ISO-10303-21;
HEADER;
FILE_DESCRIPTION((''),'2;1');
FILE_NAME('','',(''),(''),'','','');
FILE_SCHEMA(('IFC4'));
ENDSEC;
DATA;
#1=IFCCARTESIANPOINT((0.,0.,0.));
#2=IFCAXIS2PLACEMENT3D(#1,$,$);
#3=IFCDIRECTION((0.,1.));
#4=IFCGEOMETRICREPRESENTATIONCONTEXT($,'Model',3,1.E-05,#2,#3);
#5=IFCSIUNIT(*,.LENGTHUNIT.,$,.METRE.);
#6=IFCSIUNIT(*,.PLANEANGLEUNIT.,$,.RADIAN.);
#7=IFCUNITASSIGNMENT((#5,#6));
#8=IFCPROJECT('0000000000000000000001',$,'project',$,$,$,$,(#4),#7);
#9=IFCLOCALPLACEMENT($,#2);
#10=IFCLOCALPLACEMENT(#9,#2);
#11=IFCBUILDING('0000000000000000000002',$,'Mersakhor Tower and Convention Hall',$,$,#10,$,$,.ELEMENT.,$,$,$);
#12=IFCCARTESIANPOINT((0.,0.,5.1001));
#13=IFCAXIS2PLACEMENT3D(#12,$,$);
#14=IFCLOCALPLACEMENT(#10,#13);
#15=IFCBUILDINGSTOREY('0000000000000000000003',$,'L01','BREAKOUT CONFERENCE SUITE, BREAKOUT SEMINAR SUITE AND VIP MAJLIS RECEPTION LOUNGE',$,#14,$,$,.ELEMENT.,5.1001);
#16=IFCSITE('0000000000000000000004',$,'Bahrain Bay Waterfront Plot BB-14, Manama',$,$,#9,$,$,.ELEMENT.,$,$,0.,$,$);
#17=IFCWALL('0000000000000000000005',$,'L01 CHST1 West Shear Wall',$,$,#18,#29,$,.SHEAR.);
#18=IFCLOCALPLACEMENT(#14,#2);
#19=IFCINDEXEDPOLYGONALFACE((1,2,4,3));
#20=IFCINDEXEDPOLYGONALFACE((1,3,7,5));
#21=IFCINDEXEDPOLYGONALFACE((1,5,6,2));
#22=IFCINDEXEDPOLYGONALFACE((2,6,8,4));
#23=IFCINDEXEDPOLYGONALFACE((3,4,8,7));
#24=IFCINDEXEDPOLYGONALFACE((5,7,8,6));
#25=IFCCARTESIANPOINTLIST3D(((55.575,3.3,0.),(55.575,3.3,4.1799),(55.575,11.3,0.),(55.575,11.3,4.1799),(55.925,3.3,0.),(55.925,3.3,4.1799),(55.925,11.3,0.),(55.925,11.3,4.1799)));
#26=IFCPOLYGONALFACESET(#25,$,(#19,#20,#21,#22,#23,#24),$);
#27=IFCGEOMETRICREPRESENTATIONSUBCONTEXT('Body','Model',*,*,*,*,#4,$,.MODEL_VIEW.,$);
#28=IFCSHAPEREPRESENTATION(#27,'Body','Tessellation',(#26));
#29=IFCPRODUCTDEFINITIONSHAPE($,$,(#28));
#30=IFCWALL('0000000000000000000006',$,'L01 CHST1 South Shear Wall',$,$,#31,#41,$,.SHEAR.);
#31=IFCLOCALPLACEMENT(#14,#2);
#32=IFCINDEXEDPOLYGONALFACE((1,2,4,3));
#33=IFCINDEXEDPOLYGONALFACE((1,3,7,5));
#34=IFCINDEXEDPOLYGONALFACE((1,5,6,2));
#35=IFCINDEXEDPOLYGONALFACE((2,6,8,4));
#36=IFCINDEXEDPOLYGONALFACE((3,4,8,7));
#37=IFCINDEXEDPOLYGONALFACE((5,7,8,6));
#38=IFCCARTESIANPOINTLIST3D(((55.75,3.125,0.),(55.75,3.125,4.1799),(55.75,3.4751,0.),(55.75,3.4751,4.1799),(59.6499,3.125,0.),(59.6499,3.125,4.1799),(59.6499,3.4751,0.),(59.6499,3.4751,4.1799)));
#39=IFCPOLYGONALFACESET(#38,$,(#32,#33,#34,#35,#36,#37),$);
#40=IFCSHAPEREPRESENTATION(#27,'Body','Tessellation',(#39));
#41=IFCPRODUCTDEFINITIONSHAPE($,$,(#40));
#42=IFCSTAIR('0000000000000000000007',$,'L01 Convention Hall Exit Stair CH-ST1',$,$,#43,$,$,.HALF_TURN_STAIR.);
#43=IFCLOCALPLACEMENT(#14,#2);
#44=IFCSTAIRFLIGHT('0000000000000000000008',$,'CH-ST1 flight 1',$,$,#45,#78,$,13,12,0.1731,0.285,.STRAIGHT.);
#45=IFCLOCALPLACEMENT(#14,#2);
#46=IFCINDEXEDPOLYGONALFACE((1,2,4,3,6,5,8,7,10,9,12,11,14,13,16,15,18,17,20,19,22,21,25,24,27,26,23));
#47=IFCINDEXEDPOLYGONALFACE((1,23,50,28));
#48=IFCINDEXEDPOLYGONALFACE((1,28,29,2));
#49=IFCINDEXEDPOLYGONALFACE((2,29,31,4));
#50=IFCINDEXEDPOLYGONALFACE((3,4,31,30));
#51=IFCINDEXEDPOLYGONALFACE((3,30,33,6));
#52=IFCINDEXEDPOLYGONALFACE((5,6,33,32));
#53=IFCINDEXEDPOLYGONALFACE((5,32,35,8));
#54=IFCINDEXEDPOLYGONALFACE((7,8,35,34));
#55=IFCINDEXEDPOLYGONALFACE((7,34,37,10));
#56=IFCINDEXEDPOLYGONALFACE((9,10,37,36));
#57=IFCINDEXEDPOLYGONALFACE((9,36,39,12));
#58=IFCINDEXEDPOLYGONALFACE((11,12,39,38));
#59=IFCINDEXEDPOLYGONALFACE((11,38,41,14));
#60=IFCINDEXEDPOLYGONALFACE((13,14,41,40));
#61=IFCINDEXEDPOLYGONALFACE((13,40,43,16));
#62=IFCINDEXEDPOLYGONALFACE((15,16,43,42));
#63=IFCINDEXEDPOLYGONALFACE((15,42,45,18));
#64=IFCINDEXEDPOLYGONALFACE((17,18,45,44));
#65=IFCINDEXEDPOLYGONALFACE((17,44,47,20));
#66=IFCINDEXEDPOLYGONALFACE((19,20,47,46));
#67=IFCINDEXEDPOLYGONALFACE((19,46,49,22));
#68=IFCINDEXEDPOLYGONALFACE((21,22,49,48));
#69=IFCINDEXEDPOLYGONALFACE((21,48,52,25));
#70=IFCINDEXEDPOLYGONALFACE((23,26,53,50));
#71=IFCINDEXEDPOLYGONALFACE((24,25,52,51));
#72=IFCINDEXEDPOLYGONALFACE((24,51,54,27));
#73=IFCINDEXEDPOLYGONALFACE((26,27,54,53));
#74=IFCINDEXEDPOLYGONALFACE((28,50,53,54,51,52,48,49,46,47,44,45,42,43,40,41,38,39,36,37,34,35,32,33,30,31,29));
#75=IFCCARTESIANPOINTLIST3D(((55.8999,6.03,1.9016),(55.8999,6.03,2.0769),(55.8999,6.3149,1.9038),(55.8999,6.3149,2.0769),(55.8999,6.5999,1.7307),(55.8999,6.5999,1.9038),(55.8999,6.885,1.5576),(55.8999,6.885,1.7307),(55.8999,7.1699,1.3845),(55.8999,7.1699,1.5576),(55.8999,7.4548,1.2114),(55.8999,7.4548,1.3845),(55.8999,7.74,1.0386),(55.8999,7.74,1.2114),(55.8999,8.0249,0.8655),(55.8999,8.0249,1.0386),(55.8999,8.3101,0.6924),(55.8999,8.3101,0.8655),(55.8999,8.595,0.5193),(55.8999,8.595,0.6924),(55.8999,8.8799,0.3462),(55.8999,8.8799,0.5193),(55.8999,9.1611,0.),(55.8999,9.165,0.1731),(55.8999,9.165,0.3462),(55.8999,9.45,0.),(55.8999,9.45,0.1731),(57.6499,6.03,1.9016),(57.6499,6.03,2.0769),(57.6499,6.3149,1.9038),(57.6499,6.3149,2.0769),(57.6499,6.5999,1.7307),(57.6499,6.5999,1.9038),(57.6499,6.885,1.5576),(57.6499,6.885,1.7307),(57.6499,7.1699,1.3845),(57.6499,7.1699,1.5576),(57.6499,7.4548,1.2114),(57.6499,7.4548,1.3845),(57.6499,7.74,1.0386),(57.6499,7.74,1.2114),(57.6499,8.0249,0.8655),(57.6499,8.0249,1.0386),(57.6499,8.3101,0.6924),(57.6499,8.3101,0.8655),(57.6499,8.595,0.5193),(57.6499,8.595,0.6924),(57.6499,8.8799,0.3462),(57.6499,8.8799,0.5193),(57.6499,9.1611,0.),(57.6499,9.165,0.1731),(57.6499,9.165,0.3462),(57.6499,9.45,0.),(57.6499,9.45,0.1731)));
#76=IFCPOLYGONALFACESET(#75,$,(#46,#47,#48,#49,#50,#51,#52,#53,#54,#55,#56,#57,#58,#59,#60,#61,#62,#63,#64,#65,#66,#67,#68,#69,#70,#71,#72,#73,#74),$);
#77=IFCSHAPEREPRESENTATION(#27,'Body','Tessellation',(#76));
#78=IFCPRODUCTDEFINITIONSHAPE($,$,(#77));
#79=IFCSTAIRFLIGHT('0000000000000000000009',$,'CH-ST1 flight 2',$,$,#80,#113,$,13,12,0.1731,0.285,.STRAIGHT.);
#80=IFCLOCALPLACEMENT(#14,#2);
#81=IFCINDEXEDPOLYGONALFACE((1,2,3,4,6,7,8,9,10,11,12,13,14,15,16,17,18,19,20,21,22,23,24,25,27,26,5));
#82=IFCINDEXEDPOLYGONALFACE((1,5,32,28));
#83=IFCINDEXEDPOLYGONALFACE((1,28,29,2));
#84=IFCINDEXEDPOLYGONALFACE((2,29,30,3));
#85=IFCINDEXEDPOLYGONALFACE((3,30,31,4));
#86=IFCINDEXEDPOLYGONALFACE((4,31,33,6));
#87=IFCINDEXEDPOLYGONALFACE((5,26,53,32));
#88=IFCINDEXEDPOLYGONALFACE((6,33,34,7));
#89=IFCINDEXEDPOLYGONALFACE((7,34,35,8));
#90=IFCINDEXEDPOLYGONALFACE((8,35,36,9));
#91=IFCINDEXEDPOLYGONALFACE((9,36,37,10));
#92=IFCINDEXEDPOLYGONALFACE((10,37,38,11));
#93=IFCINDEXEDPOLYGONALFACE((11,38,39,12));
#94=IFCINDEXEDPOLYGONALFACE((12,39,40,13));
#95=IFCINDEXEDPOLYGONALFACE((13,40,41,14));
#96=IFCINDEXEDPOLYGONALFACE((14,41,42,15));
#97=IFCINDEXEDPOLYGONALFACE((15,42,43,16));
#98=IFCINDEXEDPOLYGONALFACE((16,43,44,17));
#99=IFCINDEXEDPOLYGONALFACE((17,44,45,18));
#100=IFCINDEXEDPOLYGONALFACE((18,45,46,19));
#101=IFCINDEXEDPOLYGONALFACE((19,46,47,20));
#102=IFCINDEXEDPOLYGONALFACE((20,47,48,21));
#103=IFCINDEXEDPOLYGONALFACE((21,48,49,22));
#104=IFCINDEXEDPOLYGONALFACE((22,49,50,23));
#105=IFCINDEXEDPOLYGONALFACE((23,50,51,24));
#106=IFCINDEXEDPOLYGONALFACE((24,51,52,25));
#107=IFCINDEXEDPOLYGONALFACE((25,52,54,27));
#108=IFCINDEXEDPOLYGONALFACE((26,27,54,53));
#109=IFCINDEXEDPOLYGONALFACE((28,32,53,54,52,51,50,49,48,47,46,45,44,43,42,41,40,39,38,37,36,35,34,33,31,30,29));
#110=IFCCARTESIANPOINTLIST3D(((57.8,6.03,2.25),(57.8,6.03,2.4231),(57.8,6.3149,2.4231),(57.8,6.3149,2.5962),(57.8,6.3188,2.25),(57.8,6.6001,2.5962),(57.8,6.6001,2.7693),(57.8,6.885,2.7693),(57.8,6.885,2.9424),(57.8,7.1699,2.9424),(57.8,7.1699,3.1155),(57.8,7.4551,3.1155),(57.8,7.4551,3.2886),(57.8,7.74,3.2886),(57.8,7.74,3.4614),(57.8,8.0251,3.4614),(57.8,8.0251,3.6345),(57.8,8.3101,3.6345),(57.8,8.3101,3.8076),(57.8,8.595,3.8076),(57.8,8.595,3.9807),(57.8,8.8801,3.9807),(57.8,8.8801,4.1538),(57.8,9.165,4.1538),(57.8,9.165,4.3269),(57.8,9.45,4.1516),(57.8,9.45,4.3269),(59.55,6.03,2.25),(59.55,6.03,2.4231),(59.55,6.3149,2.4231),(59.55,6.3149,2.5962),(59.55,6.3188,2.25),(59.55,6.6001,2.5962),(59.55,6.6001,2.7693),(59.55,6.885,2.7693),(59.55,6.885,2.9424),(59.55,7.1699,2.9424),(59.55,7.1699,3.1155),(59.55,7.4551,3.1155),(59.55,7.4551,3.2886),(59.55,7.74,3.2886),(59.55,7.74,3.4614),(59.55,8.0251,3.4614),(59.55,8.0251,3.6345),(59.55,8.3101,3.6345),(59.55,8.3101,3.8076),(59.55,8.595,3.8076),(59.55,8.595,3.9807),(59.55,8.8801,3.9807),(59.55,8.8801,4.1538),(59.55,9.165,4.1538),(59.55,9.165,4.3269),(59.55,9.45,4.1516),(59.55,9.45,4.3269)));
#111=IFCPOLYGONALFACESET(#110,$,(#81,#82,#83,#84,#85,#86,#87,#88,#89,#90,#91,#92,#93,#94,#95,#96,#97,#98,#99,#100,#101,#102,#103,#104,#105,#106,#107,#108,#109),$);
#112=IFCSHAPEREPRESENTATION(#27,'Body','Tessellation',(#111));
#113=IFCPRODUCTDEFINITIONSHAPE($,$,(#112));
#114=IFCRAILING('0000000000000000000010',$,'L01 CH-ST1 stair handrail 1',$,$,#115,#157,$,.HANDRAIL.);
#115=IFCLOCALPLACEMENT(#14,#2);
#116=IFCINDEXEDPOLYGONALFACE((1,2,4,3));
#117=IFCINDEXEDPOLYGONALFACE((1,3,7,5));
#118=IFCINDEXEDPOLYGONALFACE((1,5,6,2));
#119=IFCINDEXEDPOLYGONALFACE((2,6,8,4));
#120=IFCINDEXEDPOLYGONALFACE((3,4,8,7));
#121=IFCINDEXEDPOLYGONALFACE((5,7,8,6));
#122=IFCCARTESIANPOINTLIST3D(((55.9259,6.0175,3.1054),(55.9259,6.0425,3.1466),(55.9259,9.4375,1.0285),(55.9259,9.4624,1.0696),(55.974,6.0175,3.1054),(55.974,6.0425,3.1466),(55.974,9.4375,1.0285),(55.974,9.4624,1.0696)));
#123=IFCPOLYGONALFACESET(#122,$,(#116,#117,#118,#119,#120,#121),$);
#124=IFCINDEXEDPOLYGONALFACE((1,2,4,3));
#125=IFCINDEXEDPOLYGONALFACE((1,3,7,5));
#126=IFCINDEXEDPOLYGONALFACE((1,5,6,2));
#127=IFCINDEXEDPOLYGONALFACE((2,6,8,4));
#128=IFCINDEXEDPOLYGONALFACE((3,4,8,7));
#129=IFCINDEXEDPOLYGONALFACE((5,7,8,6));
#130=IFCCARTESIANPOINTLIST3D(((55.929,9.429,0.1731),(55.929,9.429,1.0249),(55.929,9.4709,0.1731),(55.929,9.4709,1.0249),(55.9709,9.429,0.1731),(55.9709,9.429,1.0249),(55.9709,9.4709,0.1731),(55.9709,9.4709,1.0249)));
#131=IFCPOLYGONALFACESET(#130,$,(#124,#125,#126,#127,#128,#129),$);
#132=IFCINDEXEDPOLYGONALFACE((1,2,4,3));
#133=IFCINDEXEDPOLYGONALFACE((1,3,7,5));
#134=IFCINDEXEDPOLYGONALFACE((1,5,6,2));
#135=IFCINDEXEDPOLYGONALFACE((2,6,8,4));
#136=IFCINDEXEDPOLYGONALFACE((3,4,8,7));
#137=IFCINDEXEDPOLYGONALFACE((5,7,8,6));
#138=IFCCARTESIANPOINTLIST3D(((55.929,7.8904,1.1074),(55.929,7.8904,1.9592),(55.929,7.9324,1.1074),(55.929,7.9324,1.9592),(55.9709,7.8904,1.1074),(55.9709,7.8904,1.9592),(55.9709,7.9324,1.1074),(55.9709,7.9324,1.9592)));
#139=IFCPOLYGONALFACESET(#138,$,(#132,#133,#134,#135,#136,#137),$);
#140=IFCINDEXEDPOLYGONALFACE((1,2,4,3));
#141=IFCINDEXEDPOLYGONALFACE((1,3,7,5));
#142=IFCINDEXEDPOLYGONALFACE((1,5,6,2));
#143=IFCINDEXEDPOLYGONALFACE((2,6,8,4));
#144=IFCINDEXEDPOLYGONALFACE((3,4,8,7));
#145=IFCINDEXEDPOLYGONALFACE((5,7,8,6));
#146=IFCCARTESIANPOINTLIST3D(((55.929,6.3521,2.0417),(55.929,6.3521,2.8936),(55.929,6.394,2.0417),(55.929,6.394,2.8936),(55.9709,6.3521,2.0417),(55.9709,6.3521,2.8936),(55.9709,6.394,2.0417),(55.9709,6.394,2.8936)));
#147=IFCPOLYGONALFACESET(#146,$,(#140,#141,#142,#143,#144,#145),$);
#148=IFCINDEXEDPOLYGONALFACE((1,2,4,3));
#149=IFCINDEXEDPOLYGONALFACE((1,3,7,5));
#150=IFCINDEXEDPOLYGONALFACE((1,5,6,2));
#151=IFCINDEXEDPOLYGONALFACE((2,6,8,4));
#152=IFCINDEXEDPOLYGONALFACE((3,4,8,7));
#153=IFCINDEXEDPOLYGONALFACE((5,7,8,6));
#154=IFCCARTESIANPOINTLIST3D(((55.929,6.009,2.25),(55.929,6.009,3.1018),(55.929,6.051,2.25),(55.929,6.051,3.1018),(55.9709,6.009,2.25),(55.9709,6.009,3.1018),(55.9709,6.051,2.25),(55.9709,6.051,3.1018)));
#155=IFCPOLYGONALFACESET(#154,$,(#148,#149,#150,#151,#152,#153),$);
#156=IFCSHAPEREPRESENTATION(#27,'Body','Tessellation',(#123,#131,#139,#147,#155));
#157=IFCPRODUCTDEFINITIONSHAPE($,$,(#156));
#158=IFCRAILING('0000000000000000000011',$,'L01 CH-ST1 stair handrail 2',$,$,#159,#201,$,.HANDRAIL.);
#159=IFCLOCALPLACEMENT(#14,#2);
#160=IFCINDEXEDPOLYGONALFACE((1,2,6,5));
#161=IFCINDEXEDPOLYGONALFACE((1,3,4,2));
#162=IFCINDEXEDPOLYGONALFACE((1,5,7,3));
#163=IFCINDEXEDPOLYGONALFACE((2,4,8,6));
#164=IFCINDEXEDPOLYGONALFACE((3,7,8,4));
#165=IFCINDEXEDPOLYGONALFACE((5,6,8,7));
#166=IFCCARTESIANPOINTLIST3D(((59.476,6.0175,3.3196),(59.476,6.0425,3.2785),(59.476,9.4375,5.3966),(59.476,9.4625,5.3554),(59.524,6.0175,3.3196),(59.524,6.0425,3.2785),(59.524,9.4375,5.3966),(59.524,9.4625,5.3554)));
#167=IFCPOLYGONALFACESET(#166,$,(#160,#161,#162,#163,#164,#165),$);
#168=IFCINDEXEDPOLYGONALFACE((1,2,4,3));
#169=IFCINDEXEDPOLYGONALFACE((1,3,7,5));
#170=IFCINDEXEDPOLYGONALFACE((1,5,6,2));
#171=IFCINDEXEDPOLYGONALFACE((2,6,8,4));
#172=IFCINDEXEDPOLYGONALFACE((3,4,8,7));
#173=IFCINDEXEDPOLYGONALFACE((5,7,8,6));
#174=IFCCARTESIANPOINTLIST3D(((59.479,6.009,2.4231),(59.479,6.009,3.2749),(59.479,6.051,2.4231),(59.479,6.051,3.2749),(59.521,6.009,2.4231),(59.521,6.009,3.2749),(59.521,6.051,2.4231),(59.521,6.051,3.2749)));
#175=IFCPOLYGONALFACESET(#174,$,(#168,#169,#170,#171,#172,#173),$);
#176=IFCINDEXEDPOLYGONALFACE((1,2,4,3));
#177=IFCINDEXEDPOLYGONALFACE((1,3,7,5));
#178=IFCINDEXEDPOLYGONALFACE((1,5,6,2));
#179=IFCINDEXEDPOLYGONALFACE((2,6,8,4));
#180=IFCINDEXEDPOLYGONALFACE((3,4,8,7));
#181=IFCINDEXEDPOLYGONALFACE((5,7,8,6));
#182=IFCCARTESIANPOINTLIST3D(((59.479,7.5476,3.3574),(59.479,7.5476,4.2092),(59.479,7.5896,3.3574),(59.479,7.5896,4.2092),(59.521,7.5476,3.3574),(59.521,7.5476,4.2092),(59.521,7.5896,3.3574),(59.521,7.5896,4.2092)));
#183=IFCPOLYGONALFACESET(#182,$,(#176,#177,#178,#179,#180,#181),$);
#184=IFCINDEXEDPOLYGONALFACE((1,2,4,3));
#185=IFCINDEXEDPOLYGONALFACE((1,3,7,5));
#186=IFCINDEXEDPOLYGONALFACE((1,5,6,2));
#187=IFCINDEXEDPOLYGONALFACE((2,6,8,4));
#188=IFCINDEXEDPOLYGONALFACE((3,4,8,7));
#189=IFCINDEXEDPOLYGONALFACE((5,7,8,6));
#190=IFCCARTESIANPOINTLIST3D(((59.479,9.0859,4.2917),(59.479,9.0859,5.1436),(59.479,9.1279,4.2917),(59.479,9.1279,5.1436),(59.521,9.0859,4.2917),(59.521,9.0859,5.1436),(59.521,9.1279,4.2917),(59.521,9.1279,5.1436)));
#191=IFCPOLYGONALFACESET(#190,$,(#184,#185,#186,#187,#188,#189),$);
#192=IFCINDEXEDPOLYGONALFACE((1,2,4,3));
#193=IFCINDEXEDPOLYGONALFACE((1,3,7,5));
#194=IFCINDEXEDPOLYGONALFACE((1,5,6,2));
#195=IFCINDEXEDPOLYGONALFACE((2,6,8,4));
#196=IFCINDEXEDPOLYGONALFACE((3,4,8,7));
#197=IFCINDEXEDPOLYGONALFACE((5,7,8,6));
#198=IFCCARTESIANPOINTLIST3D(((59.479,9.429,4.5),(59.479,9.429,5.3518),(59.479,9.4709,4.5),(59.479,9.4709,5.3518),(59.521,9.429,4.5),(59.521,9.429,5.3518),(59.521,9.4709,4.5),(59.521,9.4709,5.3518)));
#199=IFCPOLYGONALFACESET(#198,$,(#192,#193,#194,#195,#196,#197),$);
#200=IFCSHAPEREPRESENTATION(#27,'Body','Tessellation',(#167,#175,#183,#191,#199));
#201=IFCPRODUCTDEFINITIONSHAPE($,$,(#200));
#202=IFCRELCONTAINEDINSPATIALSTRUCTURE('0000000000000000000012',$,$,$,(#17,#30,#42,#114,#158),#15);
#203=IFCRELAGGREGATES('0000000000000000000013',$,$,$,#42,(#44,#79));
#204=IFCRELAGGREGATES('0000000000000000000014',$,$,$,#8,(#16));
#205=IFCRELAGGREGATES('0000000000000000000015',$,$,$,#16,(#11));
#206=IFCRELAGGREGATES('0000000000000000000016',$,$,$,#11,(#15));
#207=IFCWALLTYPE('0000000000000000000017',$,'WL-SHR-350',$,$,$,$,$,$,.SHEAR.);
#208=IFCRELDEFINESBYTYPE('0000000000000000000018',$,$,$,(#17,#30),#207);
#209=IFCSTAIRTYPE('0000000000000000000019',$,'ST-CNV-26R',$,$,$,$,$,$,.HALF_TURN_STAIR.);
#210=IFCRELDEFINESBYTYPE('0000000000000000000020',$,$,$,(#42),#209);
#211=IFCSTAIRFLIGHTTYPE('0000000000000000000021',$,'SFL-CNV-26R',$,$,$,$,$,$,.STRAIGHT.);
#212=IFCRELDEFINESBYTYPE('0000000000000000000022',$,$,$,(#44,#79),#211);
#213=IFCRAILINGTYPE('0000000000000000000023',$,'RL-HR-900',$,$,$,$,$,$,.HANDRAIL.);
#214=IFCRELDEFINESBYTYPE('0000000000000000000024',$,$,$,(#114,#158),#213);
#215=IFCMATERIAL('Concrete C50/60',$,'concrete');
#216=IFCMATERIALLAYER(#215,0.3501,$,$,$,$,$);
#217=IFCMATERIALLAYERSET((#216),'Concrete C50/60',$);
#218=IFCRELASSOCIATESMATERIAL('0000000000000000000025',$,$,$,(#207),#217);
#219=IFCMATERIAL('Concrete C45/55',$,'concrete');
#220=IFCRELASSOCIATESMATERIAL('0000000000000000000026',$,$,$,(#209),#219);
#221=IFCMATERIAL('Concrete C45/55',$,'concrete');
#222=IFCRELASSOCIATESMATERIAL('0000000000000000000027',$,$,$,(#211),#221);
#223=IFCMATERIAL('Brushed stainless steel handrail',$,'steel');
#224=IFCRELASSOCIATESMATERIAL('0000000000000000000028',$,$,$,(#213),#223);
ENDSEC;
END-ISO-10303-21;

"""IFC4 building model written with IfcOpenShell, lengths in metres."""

from ifc_helpers import new_model, si_unit, direction, frame, frame_2d, origin, origin_2d, place, context, subcontext, project, spatial, polyline, rectangle, outline, extrude, material, layer, layer_set, type_object, element, aggregate, save


model = new_model("IFC4")

# Units and contexts
model_context = context("Model", 3, precision=1e-05, world=origin(), true_north=direction((0.0, 1.0)))
body_context = subcontext(model_context, "Body", "Model", "MODEL_VIEW")
ifc_project = project(units=[si_unit("LENGTHUNIT", "METRE"), si_unit("PLANEANGLEUNIT", "RADIAN")], contexts=[model_context])

# Site, building, storey
site_placement = place(None, origin())
site = spatial("IfcSite", under=ifc_project, at=site_placement, Name="Bahrain Bay Waterfront Plot BB-14, Manama", CompositionType="ELEMENT", RefElevation=0.0)
building_placement = place(site_placement, origin())
building = spatial("IfcBuilding", under=site, at=building_placement, Name="Mersakhor Tower and Convention Hall", CompositionType="ELEMENT")
storey_placement = place(building_placement, frame((0.0, 0.0, 5.1001)))
storey = spatial("IfcBuildingStorey", under=building, at=storey_placement, Name="L01", Description="BREAKOUT CONFERENCE SUITE, BREAKOUT SEMINAR SUITE AND VIP MAJLIS RECEPTION LOUNGE", CompositionType="ELEMENT", Elevation=5.1001)

# Wall
ifc_material_1 = material(Name="Concrete C50/60", Category="concrete")
ifc_layer_1 = layer(ifc_material_1, 0.3501)
ifc_layer_set_1 = layer_set([ifc_layer_1], Name="Concrete C50/60")
wall_type_1 = type_object("IfcWallType", Name="WL-SHR-350", PredefinedType="SHEAR", material=ifc_layer_set_1)
wall_1_placement = place(storey_placement, frame((55.75, 3.3, 0.0), z_axis=(0.0, 0.0, 1.0), x_axis=(0.0, 1.0, 0.0)))
element("IfcWall", 1, at=wall_1_placement, inside=storey, type_object=wall_type_1, Name="L01 CHST1 West Shear Wall", PredefinedType="SHEAR", context=body_context, shape_type="SweptSolid", body=[
    extrude(rectangle(XDim=8.0, YDim=0.3501, at=frame_2d((4.0, 0.0))), origin(), (0.0, 0.0, 1.0), 4.1799),
])

# Wall
wall_2_placement = place(storey_placement, frame((55.75, 3.3, 0.0), z_axis=(0.0, 0.0, 1.0), x_axis=(1.0, 0.0, 0.0)))
element("IfcWall", 2, at=wall_2_placement, inside=storey, type_object=wall_type_1, Name="L01 CHST1 South Shear Wall", PredefinedType="SHEAR", context=body_context, shape_type="SweptSolid", body=[
    extrude(rectangle(XDim=3.8999, YDim=0.3501, at=frame_2d((1.95, 0.0))), origin(), (0.0, 0.0, 1.0), 4.1799),
])

# Stair, stair flights
ifc_material_2 = material(Name="Concrete C45/55", Category="concrete")
stair_type = type_object("IfcStairType", Name="ST-CNV-26R", PredefinedType="HALF_TURN_STAIR", material=ifc_material_2)
stair_placement = place(storey_placement, origin())
stair = element("IfcStair", 3, at=stair_placement, inside=storey, type_object=stair_type, Name="L01 Convention Hall Exit Stair CH-ST1", PredefinedType="HALF_TURN_STAIR")
ifc_material_3 = material(Name="Concrete C45/55", Category="concrete")
stair_flight_type = type_object("IfcStairFlightType", Name="SFL-CNV-26R", PredefinedType="STRAIGHT", material=ifc_material_3)
stair_flight_1_placement = place(storey_placement, frame((56.7749, 9.45, 0.0), z_axis=(0.0, 0.0, 1.0), x_axis=(0.0, -1.0, 0.0)))
stair_flight_1 = element("IfcStairFlight", 4, at=stair_flight_1_placement, type_object=stair_flight_type, Name="CH-ST1 flight 1", NumberOfRisers=13, NumberOfTreads=12, PredefinedType="STRAIGHT", RiserHeight=0.1731, TreadLength=0.285, context=body_context, shape_type="SweptSolid", body=[
    extrude(outline(polyline([(0.0, 0.0), (0.0, 0.1731), (0.2849, 0.1731), (0.2849, 0.3462), (0.5701, 0.3462), (0.5701, 0.5193), (0.855, 0.5193), (0.855, 0.6924), (1.1399, 0.6924), (1.1399, 0.8655), (1.425, 0.8655), (1.425, 1.0386), (1.71, 1.0386), (1.71, 1.2114), (1.9951, 1.2114), (1.9951, 1.3845), (2.28, 1.3845), (2.28, 1.5576), (2.5649, 1.5576), (2.5649, 1.7307), (2.8501, 1.7307), (2.8501, 1.9038), (3.135, 1.9038), (3.135, 2.0769), (3.4199, 2.0769), (3.4199, 2.25), (3.4199, 1.9016), (0.2888, 0.0), (0.0, 0.0)])), frame((0.0, 0.875, 0.0), z_axis=(0.0, -1.0, 0.0), x_axis=(1.0, 0.0, 0.0)), (0.0, 0.0, 1.0), 1.75),
])
stair_flight_2_placement = place(storey_placement, frame((58.675, 6.03, 2.25), z_axis=(0.0, 0.0, 1.0), x_axis=(0.0, 1.0, 0.0)))
stair_flight_2 = element("IfcStairFlight", 5, at=stair_flight_2_placement, type_object=stair_flight_type, Name="CH-ST1 flight 2", NumberOfRisers=13, NumberOfTreads=12, PredefinedType="STRAIGHT", RiserHeight=0.1731, TreadLength=0.285, context=body_context, shape_type="SweptSolid", body=[
    extrude(outline(polyline([(0.0, 0.0), (0.0, 0.1731), (0.2849, 0.1731), (0.2849, 0.3462), (0.5701, 0.3462), (0.5701, 0.5193), (0.855, 0.5193), (0.855, 0.6924), (1.1399, 0.6924), (1.1399, 0.8655), (1.425, 0.8655), (1.425, 1.0386), (1.71, 1.0386), (1.71, 1.2114), (1.9951, 1.2114), (1.9951, 1.3845), (2.28, 1.3845), (2.28, 1.5576), (2.5649, 1.5576), (2.5649, 1.7307), (2.8501, 1.7307), (2.8501, 1.9038), (3.135, 1.9038), (3.135, 2.0769), (3.4199, 2.0769), (3.4199, 2.25), (3.4199, 1.9016), (0.2888, 0.0), (0.0, 0.0)])), frame((0.0, 0.875, 0.0), z_axis=(0.0, -1.0, 0.0), x_axis=(1.0, 0.0, 0.0)), (0.0, 0.0, 1.0), 1.75),
])
aggregate(stair, [stair_flight_1, stair_flight_2])

# Railings
ifc_material_4 = material(Name="Brushed stainless steel handrail", Category="steel")
railing_type_1 = type_object("IfcRailingType", Name="RL-HR-900", PredefinedType="HANDRAIL", material=ifc_material_4)
railing_1_placement = place(storey_placement, frame((55.95, 9.45, 0.1731)))
element("IfcRailing", 6, at=railing_1_placement, inside=storey, type_object=railing_type_1, Name="L01 CH-ST1 stair handrail 1", PredefinedType="HANDRAIL", context=body_context, shape_type="SweptSolid", body=[
    extrude(rectangle(XDim=0.0481, YDim=0.0481, at=origin_2d()), frame((0.0, 0.0, 0.876), z_axis=(0.0, -0.85473, 0.519074), x_axis=(1.0, 0.0, 0.0)), (0.0, 0.0, 1.0), 4.0012),
    extrude(rectangle(XDim=0.042, YDim=0.042, at=origin_2d()), origin(), (0.0, 0.0, 1.0), 0.8518),
    extrude(rectangle(XDim=0.042, YDim=0.042, at=origin_2d()), frame((0.0, -1.5386, 0.9343)), (0.0, 0.0, 1.0), 0.8518),
    extrude(rectangle(XDim=0.042, YDim=0.042, at=origin_2d()), frame((0.0, -3.0769, 1.8687)), (0.0, 0.0, 1.0), 0.8518),
    extrude(rectangle(XDim=0.042, YDim=0.042, at=origin_2d()), frame((0.0, -3.4199, 2.0769)), (0.0, 0.0, 1.0), 0.8518),
])
railing_2_placement = place(storey_placement, frame((59.5, 6.03, 2.4231)))
element("IfcRailing", 7, at=railing_2_placement, inside=storey, type_object=railing_type_1, Name="L01 CH-ST1 stair handrail 2", PredefinedType="HANDRAIL", context=body_context, shape_type="SweptSolid", body=[
    extrude(rectangle(XDim=0.0481, YDim=0.0481, at=origin_2d()), frame((0.0, 0.0, 0.876), z_axis=(0.0, 0.85473, 0.519074), x_axis=(-1.0, 0.0, 0.0)), (0.0, 0.0, 1.0), 4.0012),
    extrude(rectangle(XDim=0.042, YDim=0.042, at=origin_2d()), origin(), (0.0, 0.0, 1.0), 0.8518),
    extrude(rectangle(XDim=0.042, YDim=0.042, at=origin_2d()), frame((0.0, 1.5386, 0.9343)), (0.0, 0.0, 1.0), 0.8518),
    extrude(rectangle(XDim=0.042, YDim=0.042, at=origin_2d()), frame((0.0, 3.0769, 1.8687)), (0.0, 0.0, 1.0), 0.8518),
    extrude(rectangle(XDim=0.042, YDim=0.042, at=origin_2d()), frame((0.0, 3.4199, 2.0769)), (0.0, 0.0, 1.0), 0.8518),
])

save(model, "model.ifc")
